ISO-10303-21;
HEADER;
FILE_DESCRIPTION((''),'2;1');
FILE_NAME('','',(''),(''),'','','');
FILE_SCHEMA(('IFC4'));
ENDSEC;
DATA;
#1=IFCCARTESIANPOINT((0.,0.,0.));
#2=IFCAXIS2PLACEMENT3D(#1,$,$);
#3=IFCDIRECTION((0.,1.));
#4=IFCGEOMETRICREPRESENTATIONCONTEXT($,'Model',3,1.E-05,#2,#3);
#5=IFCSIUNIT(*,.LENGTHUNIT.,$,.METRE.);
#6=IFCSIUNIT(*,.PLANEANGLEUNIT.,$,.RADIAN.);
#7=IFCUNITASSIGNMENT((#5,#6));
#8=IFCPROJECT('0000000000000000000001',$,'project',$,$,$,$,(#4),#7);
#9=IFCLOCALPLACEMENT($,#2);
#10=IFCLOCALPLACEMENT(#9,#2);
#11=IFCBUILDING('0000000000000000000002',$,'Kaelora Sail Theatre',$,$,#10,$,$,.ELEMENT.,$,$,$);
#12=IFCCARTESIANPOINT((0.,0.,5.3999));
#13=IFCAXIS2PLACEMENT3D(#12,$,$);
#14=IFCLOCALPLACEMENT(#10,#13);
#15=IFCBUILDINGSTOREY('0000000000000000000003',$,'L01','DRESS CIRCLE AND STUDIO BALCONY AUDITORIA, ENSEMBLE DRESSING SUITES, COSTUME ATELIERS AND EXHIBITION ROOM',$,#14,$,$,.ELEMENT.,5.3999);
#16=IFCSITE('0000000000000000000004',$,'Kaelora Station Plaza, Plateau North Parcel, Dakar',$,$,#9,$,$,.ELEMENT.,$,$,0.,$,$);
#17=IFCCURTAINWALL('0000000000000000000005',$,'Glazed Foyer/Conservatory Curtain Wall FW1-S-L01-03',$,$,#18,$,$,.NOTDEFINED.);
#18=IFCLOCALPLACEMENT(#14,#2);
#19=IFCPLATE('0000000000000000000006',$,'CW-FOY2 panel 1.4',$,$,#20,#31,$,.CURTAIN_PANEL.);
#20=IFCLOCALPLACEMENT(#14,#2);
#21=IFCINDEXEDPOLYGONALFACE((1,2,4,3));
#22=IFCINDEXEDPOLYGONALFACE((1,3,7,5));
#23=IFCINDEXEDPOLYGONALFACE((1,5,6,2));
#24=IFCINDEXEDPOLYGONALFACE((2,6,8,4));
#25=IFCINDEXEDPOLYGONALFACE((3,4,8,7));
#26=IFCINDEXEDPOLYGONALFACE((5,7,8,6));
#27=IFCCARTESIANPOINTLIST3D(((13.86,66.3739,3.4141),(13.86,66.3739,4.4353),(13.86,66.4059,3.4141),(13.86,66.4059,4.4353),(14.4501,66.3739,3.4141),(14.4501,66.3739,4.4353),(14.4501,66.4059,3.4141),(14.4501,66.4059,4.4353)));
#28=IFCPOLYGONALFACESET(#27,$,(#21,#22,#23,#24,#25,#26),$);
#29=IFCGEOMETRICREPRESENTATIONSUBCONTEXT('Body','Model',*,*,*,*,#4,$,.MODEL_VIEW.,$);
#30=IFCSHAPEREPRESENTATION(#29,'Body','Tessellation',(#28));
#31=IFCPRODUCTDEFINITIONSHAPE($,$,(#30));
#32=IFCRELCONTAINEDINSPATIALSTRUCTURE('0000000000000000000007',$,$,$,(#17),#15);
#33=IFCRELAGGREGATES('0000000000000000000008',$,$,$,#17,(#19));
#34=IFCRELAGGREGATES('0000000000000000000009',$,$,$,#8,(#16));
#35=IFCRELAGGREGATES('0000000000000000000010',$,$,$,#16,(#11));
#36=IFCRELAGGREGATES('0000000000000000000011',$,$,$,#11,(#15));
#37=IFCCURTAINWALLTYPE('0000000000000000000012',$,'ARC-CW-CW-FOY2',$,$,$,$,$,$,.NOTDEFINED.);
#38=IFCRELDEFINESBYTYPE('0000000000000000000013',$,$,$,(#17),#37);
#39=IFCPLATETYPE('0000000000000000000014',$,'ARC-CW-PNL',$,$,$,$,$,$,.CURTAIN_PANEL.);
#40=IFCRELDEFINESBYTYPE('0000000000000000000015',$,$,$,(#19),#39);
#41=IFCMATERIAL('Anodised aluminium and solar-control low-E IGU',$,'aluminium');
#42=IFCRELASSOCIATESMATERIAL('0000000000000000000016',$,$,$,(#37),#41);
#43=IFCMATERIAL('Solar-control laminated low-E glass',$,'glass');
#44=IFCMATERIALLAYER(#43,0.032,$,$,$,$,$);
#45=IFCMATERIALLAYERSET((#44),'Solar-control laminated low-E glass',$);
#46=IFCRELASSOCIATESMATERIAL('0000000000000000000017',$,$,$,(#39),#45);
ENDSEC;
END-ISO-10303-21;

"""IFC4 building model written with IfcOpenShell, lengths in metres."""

from ifc_helpers import new_model, si_unit, direction, frame, origin, origin_2d, place, context, subcontext, project, spatial, rectangle, extrude, material, layer, layer_set, type_object, element, aggregate, save


model = new_model("IFC4")

# Units and contexts
model_context = context("Model", 3, precision=1e-05, world=origin(), true_north=direction((0.0, 1.0)))
body_context = subcontext(model_context, "Body", "Model", "MODEL_VIEW")
ifc_project = project(units=[si_unit("LENGTHUNIT", "METRE"), si_unit("PLANEANGLEUNIT", "RADIAN")], contexts=[model_context])

# Site, building, storey
site_placement = place(None, origin())
site = spatial("IfcSite", under=ifc_project, at=site_placement, Name="Kaelora Station Plaza, Plateau North Parcel, Dakar", CompositionType="ELEMENT", RefElevation=0.0)
building_placement = place(site_placement, origin())
building = spatial("IfcBuilding", under=site, at=building_placement, Name="Kaelora Sail Theatre", CompositionType="ELEMENT")
storey_placement = place(building_placement, frame((0.0, 0.0, 5.3999)))
storey = spatial("IfcBuildingStorey", under=building, at=storey_placement, Name="L01", Description="DRESS CIRCLE AND STUDIO BALCONY AUDITORIA, ENSEMBLE DRESSING SUITES, COSTUME ATELIERS AND EXHIBITION ROOM", CompositionType="ELEMENT", Elevation=5.3999)

# Curtain wall
ifc_material_1 = material(Name="Anodised aluminium and solar-control low-E IGU", Category="aluminium")
curtain_wall_type = type_object("IfcCurtainWallType", Name="ARC-CW-CW-FOY2", PredefinedType="NOTDEFINED", material=ifc_material_1)
curtain_wall_1_placement = place(storey_placement, origin())
curtain_wall_1 = element("IfcCurtainWall", 1, at=curtain_wall_1_placement, inside=storey, type_object=curtain_wall_type, Name="Glazed Foyer/Conservatory Curtain Wall FW1-S-L01-03", PredefinedType="NOTDEFINED")

# Plate
ifc_material_2 = material(Name="Solar-control laminated low-E glass", Category="glass")
ifc_layer = layer(ifc_material_2, 0.032)
ifc_layer_set = layer_set([ifc_layer], Name="Solar-control laminated low-E glass")
plate_type = type_object("IfcPlateType", Name="ARC-CW-PNL", PredefinedType="CURTAIN_PANEL", material=ifc_layer_set)
plate_1_placement = place(storey_placement, frame((14.155, 66.3899, 3.4141), z_axis=(0.0, 0.0, 1.0), x_axis=(1.0, 0.0, 0.0)))
plate_1 = element("IfcPlate", 2, at=plate_1_placement, type_object=plate_type, Name="CW-FOY2 panel 1.4", PredefinedType="CURTAIN_PANEL", context=body_context, shape_type="SweptSolid", body=[
    extrude(rectangle(XDim=0.5901, YDim=0.032, at=origin_2d()), origin(), (0.0, 0.0, 1.0), 1.0212),
])
aggregate(curtain_wall_1, [plate_1])

save(model, "model.ifc")
